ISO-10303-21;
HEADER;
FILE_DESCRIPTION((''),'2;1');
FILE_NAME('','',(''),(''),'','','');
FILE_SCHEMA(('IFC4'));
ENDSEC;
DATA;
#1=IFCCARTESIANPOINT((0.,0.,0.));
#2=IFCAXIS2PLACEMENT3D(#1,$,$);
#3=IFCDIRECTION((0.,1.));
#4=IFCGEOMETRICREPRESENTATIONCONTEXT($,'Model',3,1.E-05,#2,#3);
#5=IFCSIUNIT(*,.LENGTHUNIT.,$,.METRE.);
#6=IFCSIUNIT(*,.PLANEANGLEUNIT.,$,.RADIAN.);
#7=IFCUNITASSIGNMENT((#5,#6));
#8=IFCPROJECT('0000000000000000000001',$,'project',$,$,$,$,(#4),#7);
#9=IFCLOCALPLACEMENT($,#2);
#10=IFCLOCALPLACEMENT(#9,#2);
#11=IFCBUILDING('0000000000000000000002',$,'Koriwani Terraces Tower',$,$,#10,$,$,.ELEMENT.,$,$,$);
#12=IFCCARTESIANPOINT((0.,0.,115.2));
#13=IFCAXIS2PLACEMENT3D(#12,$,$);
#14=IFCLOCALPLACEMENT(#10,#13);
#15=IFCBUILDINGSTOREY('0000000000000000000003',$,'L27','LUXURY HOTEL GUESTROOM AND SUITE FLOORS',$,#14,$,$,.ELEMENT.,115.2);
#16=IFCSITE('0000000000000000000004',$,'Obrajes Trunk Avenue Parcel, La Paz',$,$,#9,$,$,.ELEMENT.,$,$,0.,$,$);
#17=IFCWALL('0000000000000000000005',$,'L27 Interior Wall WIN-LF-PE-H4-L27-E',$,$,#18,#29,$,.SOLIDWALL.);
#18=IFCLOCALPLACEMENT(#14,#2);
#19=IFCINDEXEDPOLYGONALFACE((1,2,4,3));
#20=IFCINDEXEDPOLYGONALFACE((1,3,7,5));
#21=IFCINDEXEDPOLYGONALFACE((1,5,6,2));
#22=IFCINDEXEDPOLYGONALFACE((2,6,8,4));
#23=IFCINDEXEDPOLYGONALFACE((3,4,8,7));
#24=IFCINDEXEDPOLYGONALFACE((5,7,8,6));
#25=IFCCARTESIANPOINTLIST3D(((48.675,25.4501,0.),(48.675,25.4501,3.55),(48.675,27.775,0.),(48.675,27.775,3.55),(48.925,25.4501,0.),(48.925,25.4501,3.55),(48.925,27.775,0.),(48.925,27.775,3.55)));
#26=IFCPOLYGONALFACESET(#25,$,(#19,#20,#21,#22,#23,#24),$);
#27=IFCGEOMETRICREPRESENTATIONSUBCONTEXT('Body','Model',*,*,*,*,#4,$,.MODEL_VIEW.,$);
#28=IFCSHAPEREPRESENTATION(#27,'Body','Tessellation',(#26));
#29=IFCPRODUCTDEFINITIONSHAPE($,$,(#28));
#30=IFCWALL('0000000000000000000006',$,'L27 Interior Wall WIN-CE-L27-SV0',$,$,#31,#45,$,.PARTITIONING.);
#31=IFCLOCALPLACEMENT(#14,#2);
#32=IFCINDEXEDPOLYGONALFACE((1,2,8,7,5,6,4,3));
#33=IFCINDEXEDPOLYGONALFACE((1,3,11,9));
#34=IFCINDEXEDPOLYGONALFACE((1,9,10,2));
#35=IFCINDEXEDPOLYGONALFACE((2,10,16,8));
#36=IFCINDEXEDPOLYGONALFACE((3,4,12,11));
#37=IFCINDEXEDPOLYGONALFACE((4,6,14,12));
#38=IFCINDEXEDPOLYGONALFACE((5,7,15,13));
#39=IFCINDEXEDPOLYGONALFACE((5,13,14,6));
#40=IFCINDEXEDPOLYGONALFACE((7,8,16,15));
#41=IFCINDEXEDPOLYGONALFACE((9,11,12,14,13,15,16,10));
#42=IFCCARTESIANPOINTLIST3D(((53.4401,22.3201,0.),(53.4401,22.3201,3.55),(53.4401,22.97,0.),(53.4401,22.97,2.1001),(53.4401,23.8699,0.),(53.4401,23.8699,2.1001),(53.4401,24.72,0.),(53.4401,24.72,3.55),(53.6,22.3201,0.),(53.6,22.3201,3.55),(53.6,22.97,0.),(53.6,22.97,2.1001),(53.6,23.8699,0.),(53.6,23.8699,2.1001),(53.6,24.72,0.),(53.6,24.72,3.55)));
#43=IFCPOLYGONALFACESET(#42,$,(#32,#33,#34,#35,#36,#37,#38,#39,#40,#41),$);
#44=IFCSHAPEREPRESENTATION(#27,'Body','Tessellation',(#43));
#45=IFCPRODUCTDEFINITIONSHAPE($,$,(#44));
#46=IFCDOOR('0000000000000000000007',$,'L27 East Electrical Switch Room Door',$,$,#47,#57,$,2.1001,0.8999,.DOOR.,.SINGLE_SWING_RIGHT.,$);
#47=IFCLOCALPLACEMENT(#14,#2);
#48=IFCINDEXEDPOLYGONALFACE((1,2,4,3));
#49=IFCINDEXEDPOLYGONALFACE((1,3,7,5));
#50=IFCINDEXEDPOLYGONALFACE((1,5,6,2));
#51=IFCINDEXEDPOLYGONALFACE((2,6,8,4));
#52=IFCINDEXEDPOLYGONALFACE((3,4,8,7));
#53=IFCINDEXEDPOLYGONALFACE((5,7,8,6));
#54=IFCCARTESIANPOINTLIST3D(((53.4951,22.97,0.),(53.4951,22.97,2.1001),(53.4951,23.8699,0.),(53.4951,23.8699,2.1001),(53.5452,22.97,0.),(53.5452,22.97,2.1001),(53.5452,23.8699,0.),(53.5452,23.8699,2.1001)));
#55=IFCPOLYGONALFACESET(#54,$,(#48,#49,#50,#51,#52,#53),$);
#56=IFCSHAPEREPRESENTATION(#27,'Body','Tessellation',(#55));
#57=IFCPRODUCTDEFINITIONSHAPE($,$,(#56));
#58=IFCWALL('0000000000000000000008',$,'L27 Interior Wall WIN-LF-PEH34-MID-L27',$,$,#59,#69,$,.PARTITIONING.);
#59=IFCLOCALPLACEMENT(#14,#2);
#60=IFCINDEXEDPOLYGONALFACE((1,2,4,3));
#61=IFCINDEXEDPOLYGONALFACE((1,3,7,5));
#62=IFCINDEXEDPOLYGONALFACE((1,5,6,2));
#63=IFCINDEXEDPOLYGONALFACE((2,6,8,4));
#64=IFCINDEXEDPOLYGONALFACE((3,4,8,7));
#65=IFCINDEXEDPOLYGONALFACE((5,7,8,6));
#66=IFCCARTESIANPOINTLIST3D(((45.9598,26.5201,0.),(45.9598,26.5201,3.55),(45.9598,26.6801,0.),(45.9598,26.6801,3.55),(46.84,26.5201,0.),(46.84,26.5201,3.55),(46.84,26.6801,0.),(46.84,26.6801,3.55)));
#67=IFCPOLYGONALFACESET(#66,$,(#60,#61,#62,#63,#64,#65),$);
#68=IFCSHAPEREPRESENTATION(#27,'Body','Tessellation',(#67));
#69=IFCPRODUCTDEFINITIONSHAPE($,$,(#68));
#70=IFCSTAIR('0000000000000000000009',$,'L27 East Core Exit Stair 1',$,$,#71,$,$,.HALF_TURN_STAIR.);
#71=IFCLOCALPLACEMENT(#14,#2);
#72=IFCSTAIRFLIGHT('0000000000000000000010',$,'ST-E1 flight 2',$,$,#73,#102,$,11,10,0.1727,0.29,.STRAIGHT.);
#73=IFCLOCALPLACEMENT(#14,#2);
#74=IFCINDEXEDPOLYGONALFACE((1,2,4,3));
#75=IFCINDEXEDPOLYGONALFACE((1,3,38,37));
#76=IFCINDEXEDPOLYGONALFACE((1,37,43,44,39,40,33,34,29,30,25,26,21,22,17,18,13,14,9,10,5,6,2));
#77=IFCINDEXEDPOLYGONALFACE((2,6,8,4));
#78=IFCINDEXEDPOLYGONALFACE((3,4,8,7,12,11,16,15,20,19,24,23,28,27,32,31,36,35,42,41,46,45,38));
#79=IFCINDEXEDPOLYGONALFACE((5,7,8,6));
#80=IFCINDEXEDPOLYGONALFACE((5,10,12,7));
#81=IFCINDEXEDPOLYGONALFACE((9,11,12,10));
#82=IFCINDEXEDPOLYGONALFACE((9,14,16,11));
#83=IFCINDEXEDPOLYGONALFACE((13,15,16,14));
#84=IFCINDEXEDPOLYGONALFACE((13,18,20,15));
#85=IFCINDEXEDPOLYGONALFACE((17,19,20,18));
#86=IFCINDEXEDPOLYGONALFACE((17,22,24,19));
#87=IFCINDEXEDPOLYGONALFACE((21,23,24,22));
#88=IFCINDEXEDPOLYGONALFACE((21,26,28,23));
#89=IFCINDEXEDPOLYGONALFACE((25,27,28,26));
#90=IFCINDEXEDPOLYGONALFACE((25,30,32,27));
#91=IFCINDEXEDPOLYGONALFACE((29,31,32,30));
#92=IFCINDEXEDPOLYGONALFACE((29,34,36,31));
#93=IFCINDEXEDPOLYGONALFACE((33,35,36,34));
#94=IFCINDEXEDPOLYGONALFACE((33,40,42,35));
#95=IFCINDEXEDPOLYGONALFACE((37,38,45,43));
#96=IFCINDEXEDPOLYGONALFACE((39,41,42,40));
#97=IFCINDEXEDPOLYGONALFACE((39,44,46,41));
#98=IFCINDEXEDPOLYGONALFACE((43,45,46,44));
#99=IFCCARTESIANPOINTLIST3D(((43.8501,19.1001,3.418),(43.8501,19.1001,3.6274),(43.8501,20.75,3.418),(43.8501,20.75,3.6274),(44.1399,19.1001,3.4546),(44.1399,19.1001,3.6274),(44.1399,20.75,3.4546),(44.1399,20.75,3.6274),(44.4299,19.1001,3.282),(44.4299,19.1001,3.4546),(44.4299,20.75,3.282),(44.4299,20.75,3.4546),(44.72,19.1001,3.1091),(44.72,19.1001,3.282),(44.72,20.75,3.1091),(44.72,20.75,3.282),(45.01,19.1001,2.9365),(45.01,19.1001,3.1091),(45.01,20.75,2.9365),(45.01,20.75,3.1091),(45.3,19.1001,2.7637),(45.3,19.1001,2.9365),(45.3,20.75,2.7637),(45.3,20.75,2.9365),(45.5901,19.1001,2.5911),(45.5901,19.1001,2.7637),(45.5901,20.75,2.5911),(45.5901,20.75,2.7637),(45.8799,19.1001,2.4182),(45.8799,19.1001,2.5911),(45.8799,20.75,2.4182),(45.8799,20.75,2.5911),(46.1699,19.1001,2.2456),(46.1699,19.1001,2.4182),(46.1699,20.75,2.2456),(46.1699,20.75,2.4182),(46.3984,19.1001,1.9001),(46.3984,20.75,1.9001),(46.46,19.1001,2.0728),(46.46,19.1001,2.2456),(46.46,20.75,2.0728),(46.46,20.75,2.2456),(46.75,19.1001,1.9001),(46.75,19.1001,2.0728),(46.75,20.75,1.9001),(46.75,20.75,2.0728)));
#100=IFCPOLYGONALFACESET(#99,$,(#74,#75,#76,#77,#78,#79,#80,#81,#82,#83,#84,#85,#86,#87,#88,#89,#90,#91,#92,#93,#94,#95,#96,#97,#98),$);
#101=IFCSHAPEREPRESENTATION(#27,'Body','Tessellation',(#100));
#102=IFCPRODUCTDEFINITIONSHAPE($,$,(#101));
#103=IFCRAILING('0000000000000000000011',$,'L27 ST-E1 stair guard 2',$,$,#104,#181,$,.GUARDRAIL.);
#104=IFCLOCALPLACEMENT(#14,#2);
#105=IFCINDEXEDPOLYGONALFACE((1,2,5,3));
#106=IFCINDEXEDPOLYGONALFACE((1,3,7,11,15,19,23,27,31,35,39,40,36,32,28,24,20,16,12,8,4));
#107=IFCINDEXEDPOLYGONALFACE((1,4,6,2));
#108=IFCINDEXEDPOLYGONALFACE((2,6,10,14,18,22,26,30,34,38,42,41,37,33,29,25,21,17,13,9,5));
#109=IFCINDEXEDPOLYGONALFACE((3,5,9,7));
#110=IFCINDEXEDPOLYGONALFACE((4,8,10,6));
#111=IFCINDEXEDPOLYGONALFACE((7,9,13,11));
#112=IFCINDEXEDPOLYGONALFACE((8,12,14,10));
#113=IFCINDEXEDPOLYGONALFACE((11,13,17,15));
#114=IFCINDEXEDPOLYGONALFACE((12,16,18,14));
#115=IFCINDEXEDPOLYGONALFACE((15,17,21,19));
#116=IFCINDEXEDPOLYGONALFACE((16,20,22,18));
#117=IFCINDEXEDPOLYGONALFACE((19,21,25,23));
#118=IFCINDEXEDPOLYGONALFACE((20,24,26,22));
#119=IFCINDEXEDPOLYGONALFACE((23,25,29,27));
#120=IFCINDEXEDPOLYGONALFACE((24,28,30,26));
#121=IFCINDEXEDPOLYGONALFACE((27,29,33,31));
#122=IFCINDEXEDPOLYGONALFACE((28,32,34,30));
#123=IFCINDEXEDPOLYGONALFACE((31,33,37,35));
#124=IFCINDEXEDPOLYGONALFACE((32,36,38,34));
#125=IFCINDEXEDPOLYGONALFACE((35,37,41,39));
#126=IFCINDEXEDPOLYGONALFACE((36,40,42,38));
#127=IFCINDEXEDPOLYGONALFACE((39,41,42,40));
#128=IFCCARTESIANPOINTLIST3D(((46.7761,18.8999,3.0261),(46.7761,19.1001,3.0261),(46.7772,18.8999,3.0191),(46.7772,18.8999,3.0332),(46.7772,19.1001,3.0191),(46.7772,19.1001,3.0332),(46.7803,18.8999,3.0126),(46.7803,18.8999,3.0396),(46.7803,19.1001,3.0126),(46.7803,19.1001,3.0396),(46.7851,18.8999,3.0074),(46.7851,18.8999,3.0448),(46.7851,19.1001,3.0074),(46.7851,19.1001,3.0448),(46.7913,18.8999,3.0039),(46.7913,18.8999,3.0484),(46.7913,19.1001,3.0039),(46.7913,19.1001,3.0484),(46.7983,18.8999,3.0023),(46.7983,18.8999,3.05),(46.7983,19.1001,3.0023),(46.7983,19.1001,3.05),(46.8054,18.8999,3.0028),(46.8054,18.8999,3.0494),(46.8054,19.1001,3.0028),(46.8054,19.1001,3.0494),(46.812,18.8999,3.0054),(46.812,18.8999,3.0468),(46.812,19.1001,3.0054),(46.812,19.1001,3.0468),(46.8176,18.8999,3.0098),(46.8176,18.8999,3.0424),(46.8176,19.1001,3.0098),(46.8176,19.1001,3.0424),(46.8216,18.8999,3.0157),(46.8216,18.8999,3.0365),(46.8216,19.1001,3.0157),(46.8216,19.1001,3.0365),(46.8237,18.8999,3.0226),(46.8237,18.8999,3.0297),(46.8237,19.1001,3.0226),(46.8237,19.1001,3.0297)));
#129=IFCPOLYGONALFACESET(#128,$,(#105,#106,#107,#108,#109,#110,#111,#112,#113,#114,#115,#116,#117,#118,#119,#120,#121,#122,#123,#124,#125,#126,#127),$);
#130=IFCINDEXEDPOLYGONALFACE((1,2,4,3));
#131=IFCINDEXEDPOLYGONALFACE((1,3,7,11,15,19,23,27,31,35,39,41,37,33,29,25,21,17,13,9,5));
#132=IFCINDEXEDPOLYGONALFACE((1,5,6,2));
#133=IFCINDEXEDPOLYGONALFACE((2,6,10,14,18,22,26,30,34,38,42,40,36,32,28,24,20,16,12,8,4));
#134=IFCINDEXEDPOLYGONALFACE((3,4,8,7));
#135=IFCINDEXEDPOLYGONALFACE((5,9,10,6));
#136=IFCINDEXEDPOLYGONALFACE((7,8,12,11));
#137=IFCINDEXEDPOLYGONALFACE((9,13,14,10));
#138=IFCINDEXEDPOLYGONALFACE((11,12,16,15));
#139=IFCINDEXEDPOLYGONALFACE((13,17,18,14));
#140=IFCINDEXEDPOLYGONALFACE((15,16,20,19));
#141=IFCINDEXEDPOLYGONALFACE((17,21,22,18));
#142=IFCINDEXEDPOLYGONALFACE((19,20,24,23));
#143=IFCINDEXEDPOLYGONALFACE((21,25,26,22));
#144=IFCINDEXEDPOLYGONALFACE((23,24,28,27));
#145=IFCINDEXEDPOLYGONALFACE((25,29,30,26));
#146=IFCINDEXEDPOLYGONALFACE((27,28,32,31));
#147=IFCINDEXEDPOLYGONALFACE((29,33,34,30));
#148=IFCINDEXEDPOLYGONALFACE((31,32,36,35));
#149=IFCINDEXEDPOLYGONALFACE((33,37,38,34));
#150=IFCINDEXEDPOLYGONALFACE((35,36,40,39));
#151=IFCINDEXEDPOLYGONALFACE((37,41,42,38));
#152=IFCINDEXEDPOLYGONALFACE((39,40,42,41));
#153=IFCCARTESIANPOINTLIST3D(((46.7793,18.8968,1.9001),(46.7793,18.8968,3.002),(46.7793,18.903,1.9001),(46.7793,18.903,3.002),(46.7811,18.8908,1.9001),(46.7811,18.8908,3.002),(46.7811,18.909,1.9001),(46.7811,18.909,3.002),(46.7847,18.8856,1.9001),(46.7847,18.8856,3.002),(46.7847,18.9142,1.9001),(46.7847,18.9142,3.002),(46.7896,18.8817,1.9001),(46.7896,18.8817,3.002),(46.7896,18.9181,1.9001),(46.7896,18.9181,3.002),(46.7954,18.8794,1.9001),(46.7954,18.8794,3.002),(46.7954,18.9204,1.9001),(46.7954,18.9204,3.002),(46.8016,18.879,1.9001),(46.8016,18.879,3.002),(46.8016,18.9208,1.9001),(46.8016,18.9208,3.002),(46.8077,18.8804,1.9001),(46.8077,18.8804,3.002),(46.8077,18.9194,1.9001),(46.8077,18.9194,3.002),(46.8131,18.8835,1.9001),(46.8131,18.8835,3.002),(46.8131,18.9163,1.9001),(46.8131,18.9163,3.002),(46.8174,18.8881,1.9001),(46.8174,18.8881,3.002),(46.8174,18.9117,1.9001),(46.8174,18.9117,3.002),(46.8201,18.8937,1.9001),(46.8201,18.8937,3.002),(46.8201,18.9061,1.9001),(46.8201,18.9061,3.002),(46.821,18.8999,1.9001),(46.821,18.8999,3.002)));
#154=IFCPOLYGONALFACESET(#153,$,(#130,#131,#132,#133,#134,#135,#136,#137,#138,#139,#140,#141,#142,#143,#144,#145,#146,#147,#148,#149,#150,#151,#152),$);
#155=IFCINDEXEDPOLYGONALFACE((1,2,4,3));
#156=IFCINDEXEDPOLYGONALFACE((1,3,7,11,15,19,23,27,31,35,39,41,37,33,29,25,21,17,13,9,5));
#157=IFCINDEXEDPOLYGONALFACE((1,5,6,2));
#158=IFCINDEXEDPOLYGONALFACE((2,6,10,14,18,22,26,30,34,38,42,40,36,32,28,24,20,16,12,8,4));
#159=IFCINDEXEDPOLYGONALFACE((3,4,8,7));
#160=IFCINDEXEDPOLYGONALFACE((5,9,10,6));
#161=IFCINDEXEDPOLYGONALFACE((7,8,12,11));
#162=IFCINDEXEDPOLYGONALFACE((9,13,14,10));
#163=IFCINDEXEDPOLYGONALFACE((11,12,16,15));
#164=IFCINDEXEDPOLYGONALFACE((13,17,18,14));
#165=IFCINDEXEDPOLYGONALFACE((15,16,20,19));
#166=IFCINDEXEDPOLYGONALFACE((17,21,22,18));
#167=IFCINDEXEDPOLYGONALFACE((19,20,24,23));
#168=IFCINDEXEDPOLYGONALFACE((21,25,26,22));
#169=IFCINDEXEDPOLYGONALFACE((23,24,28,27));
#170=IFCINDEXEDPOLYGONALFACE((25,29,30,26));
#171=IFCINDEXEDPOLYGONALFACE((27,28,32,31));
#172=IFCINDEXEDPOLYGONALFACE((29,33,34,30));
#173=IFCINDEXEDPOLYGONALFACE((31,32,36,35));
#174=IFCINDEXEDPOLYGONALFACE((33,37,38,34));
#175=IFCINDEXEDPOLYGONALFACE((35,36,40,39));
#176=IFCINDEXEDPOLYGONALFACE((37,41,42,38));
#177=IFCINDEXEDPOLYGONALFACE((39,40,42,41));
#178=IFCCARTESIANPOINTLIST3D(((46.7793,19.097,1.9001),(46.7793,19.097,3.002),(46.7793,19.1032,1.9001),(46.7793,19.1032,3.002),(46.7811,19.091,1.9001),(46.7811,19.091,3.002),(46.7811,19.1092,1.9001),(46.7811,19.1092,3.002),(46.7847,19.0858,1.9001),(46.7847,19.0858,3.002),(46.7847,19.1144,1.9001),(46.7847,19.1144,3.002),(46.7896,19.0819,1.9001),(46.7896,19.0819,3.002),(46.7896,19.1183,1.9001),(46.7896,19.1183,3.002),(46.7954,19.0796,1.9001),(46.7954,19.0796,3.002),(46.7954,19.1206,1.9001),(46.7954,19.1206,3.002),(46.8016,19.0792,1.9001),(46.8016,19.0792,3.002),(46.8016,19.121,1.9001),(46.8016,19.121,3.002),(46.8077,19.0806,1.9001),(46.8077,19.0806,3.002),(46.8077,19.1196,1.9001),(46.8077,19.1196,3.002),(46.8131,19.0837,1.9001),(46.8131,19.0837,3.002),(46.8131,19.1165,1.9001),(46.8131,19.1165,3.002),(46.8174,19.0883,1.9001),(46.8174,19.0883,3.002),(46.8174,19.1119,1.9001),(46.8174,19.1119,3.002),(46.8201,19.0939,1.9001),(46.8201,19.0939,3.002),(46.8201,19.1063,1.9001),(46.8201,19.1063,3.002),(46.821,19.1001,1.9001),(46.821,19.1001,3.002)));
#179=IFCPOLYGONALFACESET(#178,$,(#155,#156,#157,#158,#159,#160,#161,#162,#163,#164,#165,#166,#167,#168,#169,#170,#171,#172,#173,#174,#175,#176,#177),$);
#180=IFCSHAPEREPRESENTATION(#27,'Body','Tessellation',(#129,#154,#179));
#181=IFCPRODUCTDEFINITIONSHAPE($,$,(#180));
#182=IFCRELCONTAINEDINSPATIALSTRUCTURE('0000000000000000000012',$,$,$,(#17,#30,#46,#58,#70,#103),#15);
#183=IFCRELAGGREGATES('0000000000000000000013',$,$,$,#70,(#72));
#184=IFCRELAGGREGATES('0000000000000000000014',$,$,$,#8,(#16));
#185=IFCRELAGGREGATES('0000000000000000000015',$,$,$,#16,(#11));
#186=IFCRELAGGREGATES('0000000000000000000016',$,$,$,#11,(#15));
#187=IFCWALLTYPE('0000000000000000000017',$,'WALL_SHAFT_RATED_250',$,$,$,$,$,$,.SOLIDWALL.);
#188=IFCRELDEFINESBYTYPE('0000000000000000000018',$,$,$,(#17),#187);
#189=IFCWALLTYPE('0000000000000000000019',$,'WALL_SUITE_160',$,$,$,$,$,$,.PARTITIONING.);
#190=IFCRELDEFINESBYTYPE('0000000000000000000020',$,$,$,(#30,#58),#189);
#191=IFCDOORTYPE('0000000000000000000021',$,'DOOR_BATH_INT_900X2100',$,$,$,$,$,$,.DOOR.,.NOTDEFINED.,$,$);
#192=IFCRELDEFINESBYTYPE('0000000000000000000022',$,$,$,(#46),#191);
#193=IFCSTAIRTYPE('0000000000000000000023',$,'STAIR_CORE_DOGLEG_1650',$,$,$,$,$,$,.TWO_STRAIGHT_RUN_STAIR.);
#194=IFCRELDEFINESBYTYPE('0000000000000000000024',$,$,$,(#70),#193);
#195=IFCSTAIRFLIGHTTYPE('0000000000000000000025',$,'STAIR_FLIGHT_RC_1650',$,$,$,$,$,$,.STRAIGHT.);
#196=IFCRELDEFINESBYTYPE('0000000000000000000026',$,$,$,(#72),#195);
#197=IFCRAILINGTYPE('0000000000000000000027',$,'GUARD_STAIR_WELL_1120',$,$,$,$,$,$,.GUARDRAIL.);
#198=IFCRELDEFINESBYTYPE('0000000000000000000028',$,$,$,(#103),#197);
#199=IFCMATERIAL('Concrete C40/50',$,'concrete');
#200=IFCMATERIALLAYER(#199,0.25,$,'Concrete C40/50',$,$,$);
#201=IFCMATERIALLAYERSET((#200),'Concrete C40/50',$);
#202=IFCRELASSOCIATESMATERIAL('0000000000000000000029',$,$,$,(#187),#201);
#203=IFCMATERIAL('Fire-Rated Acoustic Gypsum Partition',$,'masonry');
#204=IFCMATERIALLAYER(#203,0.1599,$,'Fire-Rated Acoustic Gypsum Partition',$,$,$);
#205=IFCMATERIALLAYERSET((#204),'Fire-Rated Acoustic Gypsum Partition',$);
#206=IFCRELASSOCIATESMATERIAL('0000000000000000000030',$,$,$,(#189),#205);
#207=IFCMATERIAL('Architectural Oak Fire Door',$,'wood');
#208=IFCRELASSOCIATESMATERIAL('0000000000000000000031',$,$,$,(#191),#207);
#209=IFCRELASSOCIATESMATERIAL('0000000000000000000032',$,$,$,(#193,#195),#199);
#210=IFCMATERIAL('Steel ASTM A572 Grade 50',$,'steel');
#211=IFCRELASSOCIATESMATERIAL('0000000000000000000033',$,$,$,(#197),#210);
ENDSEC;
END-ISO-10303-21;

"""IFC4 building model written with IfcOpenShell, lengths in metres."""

from ifc_helpers import new_model, si_unit, direction, frame, frame_2d, origin, origin_2d, place, context, subcontext, project, spatial, polyline, rectangle, circle, outline, extrude, material, layer, layer_set, type_object, element, fill, aggregate, save


model = new_model("IFC4")

# Units and contexts
model_context = context("Model", 3, precision=1e-05, world=origin(), true_north=direction((0.0, 1.0)))
body_context = subcontext(model_context, "Body", "Model", "MODEL_VIEW")
ifc_project = project(units=[si_unit("LENGTHUNIT", "METRE"), si_unit("PLANEANGLEUNIT", "RADIAN")], contexts=[model_context])

# Site, building, storey
site_placement = place(None, origin())
site = spatial("IfcSite", under=ifc_project, at=site_placement, Name="Obrajes Trunk Avenue Parcel, La Paz", CompositionType="ELEMENT", RefElevation=0.0)
building_placement = place(site_placement, origin())
building = spatial("IfcBuilding", under=site, at=building_placement, Name="Koriwani Terraces Tower", CompositionType="ELEMENT")
storey_placement = place(building_placement, frame((0.0, 0.0, 115.2)))
storey = spatial("IfcBuildingStorey", under=building, at=storey_placement, Name="L27", Description="LUXURY HOTEL GUESTROOM AND SUITE FLOORS", CompositionType="ELEMENT", Elevation=115.2)

# Shared definitions
ifc_material_1 = material(Name="Steel ASTM A572 Grade 50", Category="steel")

# Shared definitions
ifc_material_2 = material(Name="Concrete C40/50", Category="concrete")
ifc_layer_1 = layer(ifc_material_2, 0.25, Name="Concrete C40/50")
ifc_layer_set_1 = layer_set([ifc_layer_1], Name="Concrete C40/50")
wall_type_1 = type_object("IfcWallType", Name="WALL_SHAFT_RATED_250", PredefinedType="SOLIDWALL", material=ifc_layer_set_1)

# Wall
for number, where, z_axis, x_axis, name in (
    (1, (48.8, 25.45, 0.0), (0.0, 0.0, 1.0), (0.0, 1.0, 0.0), "L27 Interior Wall WIN-LF-PE-H4-L27-E"),
):
    element("IfcWall", number, at=place(storey_placement, frame(where, z_axis=z_axis, x_axis=x_axis)), inside=storey, type_object=wall_type_1, Name=name, PredefinedType="SOLIDWALL", context=body_context, shape_type="SweptSolid", body=[
        extrude(rectangle(XDim=2.325, YDim=0.25, at=frame_2d((1.1626, 0.0))), origin(), (0.0, 0.0, 1.0), 3.55),
    ])

# Wall, opening, door
ifc_material_3 = material(Name="Fire-Rated Acoustic Gypsum Partition", Category="masonry")
ifc_layer_2 = layer(ifc_material_3, 0.1599, Name="Fire-Rated Acoustic Gypsum Partition")
ifc_layer_set_2 = layer_set([ifc_layer_2], Name="Fire-Rated Acoustic Gypsum Partition")
wall_type_2 = type_object("IfcWallType", Name="WALL_SUITE_160", PredefinedType="PARTITIONING", material=ifc_layer_set_2)
wall_1_placement = place(storey_placement, frame((53.52, 22.3201, 0.0), z_axis=(0.0, 0.0, 1.0), x_axis=(0.0, 1.0, 0.0)))
wall_1 = element("IfcWall", 2, at=wall_1_placement, inside=storey, type_object=wall_type_2, Name="L27 Interior Wall WIN-CE-L27-SV0", PredefinedType="PARTITIONING", context=body_context, shape_type="SweptSolid", body=[
    extrude(rectangle(XDim=2.3999, YDim=0.1599, at=frame_2d((1.2, 0.0))), origin(), (0.0, 0.0, 1.0), 3.55),
])
opening_1_placement = place(wall_1_placement, frame((0.6499, 0.0, 0.0)))
opening_1 = element("IfcOpeningElement", 3, at=opening_1_placement, cuts=wall_1, PredefinedType="OPENING", context=body_context, shape_type="SweptSolid", body=[
    extrude(rectangle(XDim=0.8999, YDim=2.1001, at=frame_2d((0.45, 1.05))), frame((0.0, 0.0898, 0.0), z_axis=(0.0, -1.0, 0.0), x_axis=(1.0, 0.0, 0.0)), (0.0, 0.0, 1.0), 0.1799),
])
ifc_material_4 = material(Name="Architectural Oak Fire Door", Category="wood")
door_type_1 = type_object("IfcDoorType", Name="DOOR_BATH_INT_900X2100", OperationType="NOTDEFINED", PredefinedType="DOOR", material=ifc_material_4)
door_1_placement = place(opening_1_placement, origin())
door_1 = element("IfcDoor", 4, at=door_1_placement, inside=storey, type_object=door_type_1, Name="L27 East Electrical Switch Room Door", OperationType="SINGLE_SWING_RIGHT", OverallHeight=2.1001, OverallWidth=0.8999, PredefinedType="DOOR", context=body_context, shape_type="SweptSolid", body=[
    extrude(rectangle(XDim=0.8999, YDim=2.1001, at=frame_2d((0.45, 1.05))), frame((0.0, 0.0249, 0.0), z_axis=(0.0, -1.0, 0.0), x_axis=(1.0, 0.0, 0.0)), (0.0, 0.0, 1.0), 0.05),
])
fill(opening_1, door_1)

# Wall
wall_2_placement = place(storey_placement, frame((45.96, 26.6001, 0.0), z_axis=(0.0, 0.0, 1.0), x_axis=(1.0, 0.0, 0.0)))
element("IfcWall", 5, at=wall_2_placement, inside=storey, type_object=wall_type_2, Name="L27 Interior Wall WIN-LF-PEH34-MID-L27", PredefinedType="PARTITIONING", context=body_context, shape_type="SweptSolid", body=[
    extrude(rectangle(XDim=0.8801, YDim=0.1599, at=frame_2d((0.4399, 0.0))), origin(), (0.0, 0.0, 1.0), 3.55),
])

# Stair, stair flight
stair_type = type_object("IfcStairType", Name="STAIR_CORE_DOGLEG_1650", PredefinedType="TWO_STRAIGHT_RUN_STAIR", material=ifc_material_2)
stair_placement = place(storey_placement, origin())
stair = element("IfcStair", 6, at=stair_placement, inside=storey, type_object=stair_type, Name="L27 East Core Exit Stair 1", PredefinedType="HALF_TURN_STAIR")
stair_flight_type = type_object("IfcStairFlightType", Name="STAIR_FLIGHT_RC_1650", PredefinedType="STRAIGHT", material=ifc_material_2)
stair_flight_placement = place(storey_placement, frame((46.75, 19.925, 1.9001), z_axis=(0.0, 0.0, 1.0), x_axis=(-1.0, 0.0, 0.0)))
stair_flight = element("IfcStairFlight", 7, at=stair_flight_placement, type_object=stair_flight_type, Name="ST-E1 flight 2", NumberOfRisers=11, NumberOfTreads=10, PredefinedType="STRAIGHT", RiserHeight=0.1727, TreadLength=0.29, context=body_context, shape_type="SweptSolid", body=[
    extrude(outline(polyline([(0.0, 0.0), (0.0, 0.1726), (0.29, 0.1726), (0.29, 0.3455), (0.5801, 0.3455), (0.5801, 0.5181), (0.8701, 0.5181), (0.8701, 0.6909), (1.1599, 0.6909), (1.1599, 0.8635), (1.45, 0.8635), (1.45, 1.0364), (1.74, 1.0364), (1.74, 1.209), (2.03, 1.209), (2.03, 1.3818), (2.3201, 1.3818), (2.3201, 1.5544), (2.6101, 1.5544), (2.6101, 1.7273), (2.8999, 1.7273), (2.8999, 1.8999), (2.8999, 1.5178), (0.3516, 0.0), (0.0, 0.0)])), frame((0.0, 0.825, 0.0), z_axis=(0.0, -1.0, 0.0), x_axis=(1.0, 0.0, 0.0)), (0.0, 0.0, 1.0), 1.6499),
])
aggregate(stair, [stair_flight])

# Railing
railing_type_1 = type_object("IfcRailingType", Name="GUARD_STAIR_WELL_1120", PredefinedType="GUARDRAIL", material=ifc_material_1)
railing_1_placement = place(storey_placement, frame((46.8, 18.8999, 1.9001)))
element("IfcRailing", 8, at=railing_1_placement, inside=storey, type_object=railing_type_1, Name="L27 ST-E1 stair guard 2", PredefinedType="GUARDRAIL", context=body_context, shape_type="SweptSolid", body=[
    extrude(circle(Radius=0.0239, at=origin_2d()), frame((0.0, 0.0, 1.126), z_axis=(0.0, 1.0, 0.0), x_axis=(-1.0, 0.0, 0.0)), (0.0, 0.0, 1.0), 0.2002),
    extrude(circle(Radius=0.021, at=origin_2d()), origin(), (0.0, 0.0, 1.0), 1.1018),
    extrude(circle(Radius=0.021, at=origin_2d()), frame((0.0, 0.2002, 0.0)), (0.0, 0.0, 1.0), 1.1018),
])

save(model, "model.ifc")
